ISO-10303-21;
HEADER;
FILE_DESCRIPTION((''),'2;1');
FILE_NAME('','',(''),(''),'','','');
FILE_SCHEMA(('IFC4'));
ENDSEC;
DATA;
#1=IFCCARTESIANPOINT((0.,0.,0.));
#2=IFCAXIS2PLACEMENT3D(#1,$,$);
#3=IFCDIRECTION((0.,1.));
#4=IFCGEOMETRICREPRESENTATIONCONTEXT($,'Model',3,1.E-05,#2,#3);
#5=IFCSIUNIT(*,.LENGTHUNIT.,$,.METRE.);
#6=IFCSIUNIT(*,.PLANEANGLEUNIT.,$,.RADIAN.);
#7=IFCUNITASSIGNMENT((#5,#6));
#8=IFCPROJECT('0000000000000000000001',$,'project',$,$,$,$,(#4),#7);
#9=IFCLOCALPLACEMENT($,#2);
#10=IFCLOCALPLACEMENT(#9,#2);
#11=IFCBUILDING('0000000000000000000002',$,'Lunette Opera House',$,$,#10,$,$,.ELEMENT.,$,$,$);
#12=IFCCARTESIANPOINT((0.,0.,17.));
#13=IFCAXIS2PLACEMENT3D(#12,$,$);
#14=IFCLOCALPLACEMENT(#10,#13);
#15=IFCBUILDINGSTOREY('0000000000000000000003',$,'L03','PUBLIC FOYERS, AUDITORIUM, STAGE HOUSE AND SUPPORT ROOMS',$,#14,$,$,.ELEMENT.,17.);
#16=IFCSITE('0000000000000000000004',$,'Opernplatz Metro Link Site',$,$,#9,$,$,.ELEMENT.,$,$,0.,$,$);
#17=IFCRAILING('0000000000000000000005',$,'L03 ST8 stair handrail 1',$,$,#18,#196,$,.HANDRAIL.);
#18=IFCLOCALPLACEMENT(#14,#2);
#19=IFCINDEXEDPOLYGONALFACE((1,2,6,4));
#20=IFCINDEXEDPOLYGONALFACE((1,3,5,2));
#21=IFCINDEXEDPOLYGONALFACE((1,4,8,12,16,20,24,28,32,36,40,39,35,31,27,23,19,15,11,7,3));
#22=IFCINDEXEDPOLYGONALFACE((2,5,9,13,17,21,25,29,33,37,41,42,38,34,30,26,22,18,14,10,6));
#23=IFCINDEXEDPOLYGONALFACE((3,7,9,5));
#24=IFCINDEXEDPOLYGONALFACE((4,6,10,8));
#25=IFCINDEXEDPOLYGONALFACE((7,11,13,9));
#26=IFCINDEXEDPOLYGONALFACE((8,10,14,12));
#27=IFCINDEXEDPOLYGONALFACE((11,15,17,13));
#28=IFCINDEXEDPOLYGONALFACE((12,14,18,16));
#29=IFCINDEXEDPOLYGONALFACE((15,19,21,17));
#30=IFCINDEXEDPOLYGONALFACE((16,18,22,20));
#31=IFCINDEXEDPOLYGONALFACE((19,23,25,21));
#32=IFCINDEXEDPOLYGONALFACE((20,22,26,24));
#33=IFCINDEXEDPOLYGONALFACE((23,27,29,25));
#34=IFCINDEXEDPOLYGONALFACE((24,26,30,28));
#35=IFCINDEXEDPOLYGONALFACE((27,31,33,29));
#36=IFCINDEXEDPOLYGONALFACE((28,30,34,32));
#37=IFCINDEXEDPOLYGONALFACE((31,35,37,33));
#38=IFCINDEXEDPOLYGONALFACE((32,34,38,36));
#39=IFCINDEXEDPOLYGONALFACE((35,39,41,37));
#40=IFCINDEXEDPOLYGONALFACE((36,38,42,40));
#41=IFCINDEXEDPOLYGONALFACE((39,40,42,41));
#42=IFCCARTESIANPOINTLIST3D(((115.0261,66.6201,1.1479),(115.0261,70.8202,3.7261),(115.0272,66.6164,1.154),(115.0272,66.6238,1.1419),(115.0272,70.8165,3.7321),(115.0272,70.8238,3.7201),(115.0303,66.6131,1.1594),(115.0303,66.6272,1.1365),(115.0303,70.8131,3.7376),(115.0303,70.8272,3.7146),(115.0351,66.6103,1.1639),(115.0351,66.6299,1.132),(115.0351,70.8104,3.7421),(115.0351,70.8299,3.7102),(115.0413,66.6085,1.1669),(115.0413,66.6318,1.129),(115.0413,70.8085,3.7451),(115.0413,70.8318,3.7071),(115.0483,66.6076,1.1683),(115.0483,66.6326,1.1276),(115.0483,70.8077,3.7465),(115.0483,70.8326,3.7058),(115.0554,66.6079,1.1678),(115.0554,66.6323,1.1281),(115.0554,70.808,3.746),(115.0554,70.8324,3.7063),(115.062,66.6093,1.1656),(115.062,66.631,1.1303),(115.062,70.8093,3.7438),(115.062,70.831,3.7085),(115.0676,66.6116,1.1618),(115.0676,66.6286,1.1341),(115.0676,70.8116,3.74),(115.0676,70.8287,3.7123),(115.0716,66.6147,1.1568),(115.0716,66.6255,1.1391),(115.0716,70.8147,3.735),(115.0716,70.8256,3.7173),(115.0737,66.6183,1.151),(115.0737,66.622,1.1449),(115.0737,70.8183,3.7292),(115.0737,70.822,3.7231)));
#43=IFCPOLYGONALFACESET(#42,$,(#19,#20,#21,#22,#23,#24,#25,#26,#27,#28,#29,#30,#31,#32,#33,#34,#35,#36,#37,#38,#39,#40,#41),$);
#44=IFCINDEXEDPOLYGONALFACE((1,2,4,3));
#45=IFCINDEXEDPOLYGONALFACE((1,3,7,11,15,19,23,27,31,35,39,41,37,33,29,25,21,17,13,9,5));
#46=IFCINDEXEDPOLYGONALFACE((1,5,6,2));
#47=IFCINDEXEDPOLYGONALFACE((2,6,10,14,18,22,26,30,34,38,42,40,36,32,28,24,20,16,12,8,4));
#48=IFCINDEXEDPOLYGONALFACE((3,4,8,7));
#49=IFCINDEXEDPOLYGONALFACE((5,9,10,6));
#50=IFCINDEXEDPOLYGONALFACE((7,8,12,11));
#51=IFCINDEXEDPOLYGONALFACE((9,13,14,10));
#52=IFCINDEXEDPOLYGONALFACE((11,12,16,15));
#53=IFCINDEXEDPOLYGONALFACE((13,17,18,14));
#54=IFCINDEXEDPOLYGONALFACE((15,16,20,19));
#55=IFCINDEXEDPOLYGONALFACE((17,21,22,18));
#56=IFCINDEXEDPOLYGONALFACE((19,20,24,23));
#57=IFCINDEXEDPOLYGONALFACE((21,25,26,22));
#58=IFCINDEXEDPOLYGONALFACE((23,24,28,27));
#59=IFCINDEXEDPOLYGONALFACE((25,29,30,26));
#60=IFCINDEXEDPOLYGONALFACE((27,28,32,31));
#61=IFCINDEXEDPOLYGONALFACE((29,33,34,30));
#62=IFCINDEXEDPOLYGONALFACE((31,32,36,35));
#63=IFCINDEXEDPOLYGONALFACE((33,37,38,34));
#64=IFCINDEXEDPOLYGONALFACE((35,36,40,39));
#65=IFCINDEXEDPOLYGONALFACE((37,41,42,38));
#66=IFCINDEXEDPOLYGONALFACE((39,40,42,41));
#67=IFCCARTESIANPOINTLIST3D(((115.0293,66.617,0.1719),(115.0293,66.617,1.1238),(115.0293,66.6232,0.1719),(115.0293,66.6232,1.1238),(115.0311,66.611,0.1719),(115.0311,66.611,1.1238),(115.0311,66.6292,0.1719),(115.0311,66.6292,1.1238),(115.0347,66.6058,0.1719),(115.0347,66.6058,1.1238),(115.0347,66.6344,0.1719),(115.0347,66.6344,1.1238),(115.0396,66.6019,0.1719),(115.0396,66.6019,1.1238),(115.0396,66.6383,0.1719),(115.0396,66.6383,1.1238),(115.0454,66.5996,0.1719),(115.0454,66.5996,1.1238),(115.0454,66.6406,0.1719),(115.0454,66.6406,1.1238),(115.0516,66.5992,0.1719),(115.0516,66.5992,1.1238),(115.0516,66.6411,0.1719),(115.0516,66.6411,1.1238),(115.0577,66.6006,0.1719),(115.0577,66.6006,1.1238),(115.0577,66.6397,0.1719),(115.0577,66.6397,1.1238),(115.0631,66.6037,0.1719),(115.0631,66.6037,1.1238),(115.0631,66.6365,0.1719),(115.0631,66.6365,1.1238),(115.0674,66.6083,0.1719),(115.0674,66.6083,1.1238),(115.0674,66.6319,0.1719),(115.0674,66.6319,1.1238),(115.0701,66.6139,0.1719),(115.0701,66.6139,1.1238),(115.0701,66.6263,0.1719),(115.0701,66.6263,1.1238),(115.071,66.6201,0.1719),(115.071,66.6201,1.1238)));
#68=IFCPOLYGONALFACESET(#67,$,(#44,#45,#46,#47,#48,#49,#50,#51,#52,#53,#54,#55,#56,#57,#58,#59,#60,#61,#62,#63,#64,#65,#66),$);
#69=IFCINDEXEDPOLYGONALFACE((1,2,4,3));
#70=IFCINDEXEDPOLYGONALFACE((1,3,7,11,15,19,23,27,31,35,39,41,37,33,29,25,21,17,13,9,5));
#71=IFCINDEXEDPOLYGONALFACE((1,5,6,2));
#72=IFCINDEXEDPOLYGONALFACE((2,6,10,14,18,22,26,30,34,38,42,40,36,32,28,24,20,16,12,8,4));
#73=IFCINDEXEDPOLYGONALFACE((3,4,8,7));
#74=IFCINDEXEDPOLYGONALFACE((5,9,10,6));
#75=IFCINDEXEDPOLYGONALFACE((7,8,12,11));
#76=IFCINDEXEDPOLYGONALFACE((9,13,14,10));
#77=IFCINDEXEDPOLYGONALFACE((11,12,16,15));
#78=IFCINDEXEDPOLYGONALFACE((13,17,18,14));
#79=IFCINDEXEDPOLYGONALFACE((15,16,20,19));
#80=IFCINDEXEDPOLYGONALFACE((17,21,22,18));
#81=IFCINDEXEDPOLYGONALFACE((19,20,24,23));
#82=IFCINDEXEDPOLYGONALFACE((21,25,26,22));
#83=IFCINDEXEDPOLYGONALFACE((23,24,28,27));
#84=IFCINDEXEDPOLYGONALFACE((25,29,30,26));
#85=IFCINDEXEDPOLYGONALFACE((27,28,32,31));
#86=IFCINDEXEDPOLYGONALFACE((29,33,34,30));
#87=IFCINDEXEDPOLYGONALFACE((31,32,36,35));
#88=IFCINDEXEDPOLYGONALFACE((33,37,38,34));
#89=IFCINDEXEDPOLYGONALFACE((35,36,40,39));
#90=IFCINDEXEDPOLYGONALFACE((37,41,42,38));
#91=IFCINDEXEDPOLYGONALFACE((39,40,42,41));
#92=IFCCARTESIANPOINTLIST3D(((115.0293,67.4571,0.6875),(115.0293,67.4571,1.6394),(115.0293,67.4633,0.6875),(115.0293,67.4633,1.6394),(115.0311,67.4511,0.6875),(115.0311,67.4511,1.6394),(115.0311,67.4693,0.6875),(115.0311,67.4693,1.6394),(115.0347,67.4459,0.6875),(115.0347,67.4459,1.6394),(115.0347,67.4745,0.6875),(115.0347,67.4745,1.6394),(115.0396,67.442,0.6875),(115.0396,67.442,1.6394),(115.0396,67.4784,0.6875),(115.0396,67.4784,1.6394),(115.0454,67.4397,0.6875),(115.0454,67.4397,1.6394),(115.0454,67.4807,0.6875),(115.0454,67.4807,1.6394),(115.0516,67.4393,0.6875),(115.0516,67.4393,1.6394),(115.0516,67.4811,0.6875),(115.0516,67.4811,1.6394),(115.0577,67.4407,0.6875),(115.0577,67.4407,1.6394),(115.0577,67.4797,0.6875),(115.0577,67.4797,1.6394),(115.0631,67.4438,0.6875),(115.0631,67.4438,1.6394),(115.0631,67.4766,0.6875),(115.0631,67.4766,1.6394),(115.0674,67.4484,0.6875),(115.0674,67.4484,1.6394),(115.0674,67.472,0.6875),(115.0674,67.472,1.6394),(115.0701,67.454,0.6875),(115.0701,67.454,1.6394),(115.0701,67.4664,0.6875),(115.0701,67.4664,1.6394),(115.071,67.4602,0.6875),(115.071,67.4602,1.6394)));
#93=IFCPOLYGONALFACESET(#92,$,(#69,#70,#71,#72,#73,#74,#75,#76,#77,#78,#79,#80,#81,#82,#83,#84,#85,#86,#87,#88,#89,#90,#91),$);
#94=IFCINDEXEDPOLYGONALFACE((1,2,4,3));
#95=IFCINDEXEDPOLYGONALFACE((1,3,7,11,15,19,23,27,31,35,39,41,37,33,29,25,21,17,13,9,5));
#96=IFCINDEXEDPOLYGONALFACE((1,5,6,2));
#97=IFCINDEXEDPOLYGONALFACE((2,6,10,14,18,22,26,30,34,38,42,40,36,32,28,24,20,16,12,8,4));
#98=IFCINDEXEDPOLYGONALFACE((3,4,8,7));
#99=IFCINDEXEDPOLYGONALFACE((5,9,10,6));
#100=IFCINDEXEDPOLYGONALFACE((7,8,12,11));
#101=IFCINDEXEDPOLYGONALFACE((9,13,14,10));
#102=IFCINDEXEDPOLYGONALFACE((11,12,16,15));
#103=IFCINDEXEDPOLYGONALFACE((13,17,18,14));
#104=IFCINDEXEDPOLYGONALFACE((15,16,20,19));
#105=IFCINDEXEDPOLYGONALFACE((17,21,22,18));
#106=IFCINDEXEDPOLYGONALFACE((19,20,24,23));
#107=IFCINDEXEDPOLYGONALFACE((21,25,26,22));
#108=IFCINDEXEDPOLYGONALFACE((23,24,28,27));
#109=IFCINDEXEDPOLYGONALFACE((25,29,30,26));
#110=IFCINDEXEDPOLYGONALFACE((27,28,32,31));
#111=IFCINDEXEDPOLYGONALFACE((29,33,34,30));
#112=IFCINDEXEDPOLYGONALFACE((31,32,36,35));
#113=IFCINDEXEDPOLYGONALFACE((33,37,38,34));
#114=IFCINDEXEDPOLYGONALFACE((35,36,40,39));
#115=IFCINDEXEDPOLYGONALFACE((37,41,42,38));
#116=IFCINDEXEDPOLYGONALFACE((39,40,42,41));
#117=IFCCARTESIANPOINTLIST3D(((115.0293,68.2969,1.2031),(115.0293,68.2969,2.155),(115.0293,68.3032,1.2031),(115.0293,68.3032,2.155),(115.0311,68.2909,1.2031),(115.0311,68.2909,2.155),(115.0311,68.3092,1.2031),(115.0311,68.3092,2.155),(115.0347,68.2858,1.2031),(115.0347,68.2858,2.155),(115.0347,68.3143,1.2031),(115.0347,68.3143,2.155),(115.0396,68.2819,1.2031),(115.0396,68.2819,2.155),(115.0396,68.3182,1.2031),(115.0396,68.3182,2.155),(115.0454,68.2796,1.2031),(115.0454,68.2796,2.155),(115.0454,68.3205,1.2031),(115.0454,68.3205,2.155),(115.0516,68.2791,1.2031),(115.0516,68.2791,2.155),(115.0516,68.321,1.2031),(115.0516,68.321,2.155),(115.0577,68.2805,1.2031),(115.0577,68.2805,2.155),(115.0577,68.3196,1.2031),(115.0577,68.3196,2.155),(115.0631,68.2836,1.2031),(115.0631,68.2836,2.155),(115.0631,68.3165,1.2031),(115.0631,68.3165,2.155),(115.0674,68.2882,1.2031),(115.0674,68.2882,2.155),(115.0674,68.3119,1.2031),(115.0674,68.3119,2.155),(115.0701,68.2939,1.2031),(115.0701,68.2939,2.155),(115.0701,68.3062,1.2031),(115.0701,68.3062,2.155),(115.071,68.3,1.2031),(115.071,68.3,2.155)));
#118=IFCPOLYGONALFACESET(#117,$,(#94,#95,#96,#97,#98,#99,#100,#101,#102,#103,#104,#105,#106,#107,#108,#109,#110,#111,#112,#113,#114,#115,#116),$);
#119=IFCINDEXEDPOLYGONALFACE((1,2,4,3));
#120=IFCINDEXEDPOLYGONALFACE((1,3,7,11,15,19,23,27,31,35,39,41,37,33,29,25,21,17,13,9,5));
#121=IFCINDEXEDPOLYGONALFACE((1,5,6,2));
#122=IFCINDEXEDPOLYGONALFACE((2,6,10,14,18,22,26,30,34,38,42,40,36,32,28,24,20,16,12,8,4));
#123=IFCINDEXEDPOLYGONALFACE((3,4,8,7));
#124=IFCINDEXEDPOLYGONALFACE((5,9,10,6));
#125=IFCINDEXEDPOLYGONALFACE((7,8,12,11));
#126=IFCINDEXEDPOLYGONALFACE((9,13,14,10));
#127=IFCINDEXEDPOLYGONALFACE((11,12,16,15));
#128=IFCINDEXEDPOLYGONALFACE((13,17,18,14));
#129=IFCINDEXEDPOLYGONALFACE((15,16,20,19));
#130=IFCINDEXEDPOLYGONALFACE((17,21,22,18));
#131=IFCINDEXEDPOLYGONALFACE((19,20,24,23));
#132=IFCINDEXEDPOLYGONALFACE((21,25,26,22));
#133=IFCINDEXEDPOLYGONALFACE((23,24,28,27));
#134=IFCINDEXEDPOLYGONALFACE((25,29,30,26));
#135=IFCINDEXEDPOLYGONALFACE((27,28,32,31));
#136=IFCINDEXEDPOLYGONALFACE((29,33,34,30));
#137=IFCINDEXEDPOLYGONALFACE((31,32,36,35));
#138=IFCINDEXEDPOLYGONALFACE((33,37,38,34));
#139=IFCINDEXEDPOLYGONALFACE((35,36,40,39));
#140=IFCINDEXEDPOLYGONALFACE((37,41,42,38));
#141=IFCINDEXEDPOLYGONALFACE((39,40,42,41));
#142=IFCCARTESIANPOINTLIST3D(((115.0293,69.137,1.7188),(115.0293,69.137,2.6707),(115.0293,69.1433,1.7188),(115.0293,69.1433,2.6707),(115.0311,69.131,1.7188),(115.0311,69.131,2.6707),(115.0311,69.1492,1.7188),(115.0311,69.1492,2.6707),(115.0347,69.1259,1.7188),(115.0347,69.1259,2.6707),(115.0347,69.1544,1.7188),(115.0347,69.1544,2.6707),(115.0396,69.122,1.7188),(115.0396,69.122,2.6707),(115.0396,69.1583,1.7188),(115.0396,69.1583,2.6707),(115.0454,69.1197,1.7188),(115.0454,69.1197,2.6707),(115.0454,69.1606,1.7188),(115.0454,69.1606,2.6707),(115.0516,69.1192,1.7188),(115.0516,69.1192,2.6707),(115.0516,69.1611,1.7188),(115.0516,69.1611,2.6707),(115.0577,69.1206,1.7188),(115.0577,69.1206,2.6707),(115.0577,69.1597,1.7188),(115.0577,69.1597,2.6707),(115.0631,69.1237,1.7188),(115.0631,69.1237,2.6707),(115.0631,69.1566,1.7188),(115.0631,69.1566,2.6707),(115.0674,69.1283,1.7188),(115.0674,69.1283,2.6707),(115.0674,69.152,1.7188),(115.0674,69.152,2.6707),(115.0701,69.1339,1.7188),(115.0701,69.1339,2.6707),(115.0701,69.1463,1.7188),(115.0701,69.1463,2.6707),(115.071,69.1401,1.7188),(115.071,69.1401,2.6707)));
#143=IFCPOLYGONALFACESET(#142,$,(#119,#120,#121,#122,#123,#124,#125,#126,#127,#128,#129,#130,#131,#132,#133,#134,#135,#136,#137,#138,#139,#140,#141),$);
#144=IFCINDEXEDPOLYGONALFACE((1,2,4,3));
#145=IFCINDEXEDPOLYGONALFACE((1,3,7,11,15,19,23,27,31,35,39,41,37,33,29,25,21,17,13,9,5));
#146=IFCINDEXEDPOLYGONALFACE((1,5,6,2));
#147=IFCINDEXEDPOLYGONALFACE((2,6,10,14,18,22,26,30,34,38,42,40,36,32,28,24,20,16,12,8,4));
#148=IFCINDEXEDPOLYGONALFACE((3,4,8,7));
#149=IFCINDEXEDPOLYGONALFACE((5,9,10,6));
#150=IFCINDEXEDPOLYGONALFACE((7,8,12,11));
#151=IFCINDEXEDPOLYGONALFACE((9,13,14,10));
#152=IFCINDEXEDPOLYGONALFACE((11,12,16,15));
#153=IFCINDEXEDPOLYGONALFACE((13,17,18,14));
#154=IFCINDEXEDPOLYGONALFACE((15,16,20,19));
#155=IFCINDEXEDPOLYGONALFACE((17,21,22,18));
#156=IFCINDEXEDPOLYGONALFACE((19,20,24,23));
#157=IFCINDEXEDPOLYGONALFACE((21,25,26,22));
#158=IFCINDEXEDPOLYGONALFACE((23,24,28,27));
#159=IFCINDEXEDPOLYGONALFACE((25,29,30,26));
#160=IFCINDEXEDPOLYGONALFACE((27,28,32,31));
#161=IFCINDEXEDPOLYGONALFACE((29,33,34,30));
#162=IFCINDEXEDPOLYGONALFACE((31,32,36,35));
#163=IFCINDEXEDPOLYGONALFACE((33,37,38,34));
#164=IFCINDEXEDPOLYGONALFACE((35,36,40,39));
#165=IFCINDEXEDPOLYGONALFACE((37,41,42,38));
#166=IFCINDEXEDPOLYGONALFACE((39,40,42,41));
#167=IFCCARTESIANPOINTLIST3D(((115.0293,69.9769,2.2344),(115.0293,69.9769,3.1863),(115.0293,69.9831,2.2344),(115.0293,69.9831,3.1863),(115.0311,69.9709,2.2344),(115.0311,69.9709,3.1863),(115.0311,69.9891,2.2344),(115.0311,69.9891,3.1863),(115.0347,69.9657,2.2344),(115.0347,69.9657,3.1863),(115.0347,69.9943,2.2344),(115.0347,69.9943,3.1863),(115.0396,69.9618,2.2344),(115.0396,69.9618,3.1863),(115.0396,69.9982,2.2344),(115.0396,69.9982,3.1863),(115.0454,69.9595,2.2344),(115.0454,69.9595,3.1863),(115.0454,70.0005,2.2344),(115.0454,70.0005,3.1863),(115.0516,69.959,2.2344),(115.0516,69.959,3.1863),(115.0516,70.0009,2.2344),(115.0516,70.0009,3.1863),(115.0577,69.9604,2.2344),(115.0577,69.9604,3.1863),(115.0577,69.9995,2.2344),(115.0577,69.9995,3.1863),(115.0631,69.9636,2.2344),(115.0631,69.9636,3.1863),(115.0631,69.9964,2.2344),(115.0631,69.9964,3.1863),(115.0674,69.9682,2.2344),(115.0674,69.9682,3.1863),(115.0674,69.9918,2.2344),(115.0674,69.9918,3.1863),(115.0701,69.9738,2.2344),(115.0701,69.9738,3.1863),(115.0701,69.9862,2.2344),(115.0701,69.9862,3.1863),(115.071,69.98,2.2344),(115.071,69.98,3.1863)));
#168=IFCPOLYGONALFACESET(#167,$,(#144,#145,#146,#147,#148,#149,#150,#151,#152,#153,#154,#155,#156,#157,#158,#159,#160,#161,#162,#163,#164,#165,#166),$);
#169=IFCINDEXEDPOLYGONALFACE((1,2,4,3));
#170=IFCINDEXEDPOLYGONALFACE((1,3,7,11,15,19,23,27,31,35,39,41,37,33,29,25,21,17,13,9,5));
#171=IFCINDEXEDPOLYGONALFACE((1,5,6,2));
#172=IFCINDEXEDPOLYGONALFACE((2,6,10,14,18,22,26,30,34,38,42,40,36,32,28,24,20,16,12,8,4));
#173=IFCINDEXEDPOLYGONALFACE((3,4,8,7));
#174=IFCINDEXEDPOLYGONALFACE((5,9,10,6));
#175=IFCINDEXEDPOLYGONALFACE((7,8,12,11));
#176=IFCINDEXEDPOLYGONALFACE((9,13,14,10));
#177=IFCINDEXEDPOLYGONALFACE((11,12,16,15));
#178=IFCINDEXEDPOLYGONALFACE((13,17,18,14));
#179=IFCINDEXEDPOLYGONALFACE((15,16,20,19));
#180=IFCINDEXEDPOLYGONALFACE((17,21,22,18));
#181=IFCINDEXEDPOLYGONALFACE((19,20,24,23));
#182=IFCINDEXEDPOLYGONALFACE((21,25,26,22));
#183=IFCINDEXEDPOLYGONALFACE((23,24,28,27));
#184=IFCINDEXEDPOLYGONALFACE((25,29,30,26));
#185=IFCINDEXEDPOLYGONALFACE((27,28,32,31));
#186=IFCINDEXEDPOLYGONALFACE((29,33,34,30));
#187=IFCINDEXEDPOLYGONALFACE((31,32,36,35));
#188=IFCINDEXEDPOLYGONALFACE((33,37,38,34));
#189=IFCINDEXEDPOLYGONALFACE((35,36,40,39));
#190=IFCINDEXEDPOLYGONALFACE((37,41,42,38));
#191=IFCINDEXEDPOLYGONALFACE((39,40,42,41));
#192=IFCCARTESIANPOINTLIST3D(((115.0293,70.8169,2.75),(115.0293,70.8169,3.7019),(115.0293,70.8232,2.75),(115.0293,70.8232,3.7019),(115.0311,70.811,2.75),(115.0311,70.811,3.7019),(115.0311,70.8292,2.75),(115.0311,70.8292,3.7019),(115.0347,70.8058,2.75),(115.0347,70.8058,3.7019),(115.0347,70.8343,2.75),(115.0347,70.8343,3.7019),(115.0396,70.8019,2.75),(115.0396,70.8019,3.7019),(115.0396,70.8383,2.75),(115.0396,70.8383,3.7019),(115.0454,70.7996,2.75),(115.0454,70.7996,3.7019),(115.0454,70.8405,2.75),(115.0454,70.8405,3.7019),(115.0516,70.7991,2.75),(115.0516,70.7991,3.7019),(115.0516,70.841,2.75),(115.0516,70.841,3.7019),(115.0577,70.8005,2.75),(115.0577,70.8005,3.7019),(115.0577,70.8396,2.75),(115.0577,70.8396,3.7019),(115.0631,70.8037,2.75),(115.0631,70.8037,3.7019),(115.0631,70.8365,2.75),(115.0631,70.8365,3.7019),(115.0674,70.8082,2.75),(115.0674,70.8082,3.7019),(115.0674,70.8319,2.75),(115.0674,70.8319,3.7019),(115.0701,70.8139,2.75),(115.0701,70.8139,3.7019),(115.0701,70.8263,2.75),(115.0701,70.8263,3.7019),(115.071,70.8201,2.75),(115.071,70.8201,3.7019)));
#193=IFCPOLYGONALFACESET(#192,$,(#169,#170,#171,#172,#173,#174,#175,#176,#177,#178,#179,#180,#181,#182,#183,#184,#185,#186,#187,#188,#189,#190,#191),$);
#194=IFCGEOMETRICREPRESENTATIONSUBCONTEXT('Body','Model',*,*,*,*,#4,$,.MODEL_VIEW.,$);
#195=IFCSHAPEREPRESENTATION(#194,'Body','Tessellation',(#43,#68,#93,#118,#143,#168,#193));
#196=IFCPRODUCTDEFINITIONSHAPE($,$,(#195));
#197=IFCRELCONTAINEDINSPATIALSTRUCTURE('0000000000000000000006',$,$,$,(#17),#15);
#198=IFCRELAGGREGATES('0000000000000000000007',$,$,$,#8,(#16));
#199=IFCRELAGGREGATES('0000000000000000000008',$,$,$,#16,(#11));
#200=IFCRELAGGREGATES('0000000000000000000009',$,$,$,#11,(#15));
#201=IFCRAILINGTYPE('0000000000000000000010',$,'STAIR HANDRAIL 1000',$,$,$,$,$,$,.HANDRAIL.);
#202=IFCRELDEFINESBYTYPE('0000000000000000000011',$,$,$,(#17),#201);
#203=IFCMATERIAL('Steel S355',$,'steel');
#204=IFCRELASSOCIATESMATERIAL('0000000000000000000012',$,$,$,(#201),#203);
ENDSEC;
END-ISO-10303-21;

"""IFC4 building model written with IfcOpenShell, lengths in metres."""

from ifc_helpers import new_model, si_unit, direction, frame, origin, origin_2d, place, context, subcontext, project, spatial, circle, extrude, material, type_object, element, save


model = new_model("IFC4")

# Units and contexts
model_context = context("Model", 3, precision=1e-05, world=origin(), true_north=direction((0.0, 1.0)))
body_context = subcontext(model_context, "Body", "Model", "MODEL_VIEW")
ifc_project = project(units=[si_unit("LENGTHUNIT", "METRE"), si_unit("PLANEANGLEUNIT", "RADIAN")], contexts=[model_context])

# Site, building, storey
site_placement = place(None, origin())
site = spatial("IfcSite", under=ifc_project, at=site_placement, Name="Opernplatz Metro Link Site", CompositionType="ELEMENT", RefElevation=0.0)
building_placement = place(site_placement, origin())
building = spatial("IfcBuilding", under=site, at=building_placement, Name="Lunette Opera House", CompositionType="ELEMENT")
storey_placement = place(building_placement, frame((0.0, 0.0, 17.0)))
storey = spatial("IfcBuildingStorey", under=building, at=storey_placement, Name="L03", Description="PUBLIC FOYERS, AUDITORIUM, STAGE HOUSE AND SUPPORT ROOMS", CompositionType="ELEMENT", Elevation=17.0)

# Railing
ifc_material_1 = material(Name="Steel S355", Category="steel")
railing_type_1 = type_object("IfcRailingType", Name="STAIR HANDRAIL 1000", PredefinedType="HANDRAIL", material=ifc_material_1)
railing_1_placement = place(storey_placement, frame((115.05, 66.6201, 0.1719)))
element("IfcRailing", 1, at=railing_1_placement, inside=storey, type_object=railing_type_1, Name="L03 ST8 stair handrail 1", PredefinedType="HANDRAIL", context=body_context, shape_type="SweptSolid", body=[
    extrude(circle(Radius=0.0239, at=origin_2d()), frame((0.0, 0.0, 0.9761), z_axis=(0.0, 0.852243, 0.523146), x_axis=(-1.0, 0.0, 0.0)), (0.0, 0.0, 1.0), 4.9282),
    extrude(circle(Radius=0.021, at=origin_2d()), origin(), (0.0, 0.0, 1.0), 0.9519),
    extrude(circle(Radius=0.021, at=origin_2d()), frame((0.0, 0.8401, 0.5156)), (0.0, 0.0, 1.0), 0.9519),
    extrude(circle(Radius=0.021, at=origin_2d()), frame((0.0, 1.6799, 1.0312)), (0.0, 0.0, 1.0), 0.9519),
    extrude(circle(Radius=0.021, at=origin_2d()), frame((0.0, 2.52, 1.5469)), (0.0, 0.0, 1.0), 0.9519),
    extrude(circle(Radius=0.021, at=origin_2d()), frame((0.0, 3.3599, 2.0625)), (0.0, 0.0, 1.0), 0.9519),
    extrude(circle(Radius=0.021, at=origin_2d()), frame((0.0, 4.2, 2.5781)), (0.0, 0.0, 1.0), 0.9519),
])

save(model, "model.ifc")
